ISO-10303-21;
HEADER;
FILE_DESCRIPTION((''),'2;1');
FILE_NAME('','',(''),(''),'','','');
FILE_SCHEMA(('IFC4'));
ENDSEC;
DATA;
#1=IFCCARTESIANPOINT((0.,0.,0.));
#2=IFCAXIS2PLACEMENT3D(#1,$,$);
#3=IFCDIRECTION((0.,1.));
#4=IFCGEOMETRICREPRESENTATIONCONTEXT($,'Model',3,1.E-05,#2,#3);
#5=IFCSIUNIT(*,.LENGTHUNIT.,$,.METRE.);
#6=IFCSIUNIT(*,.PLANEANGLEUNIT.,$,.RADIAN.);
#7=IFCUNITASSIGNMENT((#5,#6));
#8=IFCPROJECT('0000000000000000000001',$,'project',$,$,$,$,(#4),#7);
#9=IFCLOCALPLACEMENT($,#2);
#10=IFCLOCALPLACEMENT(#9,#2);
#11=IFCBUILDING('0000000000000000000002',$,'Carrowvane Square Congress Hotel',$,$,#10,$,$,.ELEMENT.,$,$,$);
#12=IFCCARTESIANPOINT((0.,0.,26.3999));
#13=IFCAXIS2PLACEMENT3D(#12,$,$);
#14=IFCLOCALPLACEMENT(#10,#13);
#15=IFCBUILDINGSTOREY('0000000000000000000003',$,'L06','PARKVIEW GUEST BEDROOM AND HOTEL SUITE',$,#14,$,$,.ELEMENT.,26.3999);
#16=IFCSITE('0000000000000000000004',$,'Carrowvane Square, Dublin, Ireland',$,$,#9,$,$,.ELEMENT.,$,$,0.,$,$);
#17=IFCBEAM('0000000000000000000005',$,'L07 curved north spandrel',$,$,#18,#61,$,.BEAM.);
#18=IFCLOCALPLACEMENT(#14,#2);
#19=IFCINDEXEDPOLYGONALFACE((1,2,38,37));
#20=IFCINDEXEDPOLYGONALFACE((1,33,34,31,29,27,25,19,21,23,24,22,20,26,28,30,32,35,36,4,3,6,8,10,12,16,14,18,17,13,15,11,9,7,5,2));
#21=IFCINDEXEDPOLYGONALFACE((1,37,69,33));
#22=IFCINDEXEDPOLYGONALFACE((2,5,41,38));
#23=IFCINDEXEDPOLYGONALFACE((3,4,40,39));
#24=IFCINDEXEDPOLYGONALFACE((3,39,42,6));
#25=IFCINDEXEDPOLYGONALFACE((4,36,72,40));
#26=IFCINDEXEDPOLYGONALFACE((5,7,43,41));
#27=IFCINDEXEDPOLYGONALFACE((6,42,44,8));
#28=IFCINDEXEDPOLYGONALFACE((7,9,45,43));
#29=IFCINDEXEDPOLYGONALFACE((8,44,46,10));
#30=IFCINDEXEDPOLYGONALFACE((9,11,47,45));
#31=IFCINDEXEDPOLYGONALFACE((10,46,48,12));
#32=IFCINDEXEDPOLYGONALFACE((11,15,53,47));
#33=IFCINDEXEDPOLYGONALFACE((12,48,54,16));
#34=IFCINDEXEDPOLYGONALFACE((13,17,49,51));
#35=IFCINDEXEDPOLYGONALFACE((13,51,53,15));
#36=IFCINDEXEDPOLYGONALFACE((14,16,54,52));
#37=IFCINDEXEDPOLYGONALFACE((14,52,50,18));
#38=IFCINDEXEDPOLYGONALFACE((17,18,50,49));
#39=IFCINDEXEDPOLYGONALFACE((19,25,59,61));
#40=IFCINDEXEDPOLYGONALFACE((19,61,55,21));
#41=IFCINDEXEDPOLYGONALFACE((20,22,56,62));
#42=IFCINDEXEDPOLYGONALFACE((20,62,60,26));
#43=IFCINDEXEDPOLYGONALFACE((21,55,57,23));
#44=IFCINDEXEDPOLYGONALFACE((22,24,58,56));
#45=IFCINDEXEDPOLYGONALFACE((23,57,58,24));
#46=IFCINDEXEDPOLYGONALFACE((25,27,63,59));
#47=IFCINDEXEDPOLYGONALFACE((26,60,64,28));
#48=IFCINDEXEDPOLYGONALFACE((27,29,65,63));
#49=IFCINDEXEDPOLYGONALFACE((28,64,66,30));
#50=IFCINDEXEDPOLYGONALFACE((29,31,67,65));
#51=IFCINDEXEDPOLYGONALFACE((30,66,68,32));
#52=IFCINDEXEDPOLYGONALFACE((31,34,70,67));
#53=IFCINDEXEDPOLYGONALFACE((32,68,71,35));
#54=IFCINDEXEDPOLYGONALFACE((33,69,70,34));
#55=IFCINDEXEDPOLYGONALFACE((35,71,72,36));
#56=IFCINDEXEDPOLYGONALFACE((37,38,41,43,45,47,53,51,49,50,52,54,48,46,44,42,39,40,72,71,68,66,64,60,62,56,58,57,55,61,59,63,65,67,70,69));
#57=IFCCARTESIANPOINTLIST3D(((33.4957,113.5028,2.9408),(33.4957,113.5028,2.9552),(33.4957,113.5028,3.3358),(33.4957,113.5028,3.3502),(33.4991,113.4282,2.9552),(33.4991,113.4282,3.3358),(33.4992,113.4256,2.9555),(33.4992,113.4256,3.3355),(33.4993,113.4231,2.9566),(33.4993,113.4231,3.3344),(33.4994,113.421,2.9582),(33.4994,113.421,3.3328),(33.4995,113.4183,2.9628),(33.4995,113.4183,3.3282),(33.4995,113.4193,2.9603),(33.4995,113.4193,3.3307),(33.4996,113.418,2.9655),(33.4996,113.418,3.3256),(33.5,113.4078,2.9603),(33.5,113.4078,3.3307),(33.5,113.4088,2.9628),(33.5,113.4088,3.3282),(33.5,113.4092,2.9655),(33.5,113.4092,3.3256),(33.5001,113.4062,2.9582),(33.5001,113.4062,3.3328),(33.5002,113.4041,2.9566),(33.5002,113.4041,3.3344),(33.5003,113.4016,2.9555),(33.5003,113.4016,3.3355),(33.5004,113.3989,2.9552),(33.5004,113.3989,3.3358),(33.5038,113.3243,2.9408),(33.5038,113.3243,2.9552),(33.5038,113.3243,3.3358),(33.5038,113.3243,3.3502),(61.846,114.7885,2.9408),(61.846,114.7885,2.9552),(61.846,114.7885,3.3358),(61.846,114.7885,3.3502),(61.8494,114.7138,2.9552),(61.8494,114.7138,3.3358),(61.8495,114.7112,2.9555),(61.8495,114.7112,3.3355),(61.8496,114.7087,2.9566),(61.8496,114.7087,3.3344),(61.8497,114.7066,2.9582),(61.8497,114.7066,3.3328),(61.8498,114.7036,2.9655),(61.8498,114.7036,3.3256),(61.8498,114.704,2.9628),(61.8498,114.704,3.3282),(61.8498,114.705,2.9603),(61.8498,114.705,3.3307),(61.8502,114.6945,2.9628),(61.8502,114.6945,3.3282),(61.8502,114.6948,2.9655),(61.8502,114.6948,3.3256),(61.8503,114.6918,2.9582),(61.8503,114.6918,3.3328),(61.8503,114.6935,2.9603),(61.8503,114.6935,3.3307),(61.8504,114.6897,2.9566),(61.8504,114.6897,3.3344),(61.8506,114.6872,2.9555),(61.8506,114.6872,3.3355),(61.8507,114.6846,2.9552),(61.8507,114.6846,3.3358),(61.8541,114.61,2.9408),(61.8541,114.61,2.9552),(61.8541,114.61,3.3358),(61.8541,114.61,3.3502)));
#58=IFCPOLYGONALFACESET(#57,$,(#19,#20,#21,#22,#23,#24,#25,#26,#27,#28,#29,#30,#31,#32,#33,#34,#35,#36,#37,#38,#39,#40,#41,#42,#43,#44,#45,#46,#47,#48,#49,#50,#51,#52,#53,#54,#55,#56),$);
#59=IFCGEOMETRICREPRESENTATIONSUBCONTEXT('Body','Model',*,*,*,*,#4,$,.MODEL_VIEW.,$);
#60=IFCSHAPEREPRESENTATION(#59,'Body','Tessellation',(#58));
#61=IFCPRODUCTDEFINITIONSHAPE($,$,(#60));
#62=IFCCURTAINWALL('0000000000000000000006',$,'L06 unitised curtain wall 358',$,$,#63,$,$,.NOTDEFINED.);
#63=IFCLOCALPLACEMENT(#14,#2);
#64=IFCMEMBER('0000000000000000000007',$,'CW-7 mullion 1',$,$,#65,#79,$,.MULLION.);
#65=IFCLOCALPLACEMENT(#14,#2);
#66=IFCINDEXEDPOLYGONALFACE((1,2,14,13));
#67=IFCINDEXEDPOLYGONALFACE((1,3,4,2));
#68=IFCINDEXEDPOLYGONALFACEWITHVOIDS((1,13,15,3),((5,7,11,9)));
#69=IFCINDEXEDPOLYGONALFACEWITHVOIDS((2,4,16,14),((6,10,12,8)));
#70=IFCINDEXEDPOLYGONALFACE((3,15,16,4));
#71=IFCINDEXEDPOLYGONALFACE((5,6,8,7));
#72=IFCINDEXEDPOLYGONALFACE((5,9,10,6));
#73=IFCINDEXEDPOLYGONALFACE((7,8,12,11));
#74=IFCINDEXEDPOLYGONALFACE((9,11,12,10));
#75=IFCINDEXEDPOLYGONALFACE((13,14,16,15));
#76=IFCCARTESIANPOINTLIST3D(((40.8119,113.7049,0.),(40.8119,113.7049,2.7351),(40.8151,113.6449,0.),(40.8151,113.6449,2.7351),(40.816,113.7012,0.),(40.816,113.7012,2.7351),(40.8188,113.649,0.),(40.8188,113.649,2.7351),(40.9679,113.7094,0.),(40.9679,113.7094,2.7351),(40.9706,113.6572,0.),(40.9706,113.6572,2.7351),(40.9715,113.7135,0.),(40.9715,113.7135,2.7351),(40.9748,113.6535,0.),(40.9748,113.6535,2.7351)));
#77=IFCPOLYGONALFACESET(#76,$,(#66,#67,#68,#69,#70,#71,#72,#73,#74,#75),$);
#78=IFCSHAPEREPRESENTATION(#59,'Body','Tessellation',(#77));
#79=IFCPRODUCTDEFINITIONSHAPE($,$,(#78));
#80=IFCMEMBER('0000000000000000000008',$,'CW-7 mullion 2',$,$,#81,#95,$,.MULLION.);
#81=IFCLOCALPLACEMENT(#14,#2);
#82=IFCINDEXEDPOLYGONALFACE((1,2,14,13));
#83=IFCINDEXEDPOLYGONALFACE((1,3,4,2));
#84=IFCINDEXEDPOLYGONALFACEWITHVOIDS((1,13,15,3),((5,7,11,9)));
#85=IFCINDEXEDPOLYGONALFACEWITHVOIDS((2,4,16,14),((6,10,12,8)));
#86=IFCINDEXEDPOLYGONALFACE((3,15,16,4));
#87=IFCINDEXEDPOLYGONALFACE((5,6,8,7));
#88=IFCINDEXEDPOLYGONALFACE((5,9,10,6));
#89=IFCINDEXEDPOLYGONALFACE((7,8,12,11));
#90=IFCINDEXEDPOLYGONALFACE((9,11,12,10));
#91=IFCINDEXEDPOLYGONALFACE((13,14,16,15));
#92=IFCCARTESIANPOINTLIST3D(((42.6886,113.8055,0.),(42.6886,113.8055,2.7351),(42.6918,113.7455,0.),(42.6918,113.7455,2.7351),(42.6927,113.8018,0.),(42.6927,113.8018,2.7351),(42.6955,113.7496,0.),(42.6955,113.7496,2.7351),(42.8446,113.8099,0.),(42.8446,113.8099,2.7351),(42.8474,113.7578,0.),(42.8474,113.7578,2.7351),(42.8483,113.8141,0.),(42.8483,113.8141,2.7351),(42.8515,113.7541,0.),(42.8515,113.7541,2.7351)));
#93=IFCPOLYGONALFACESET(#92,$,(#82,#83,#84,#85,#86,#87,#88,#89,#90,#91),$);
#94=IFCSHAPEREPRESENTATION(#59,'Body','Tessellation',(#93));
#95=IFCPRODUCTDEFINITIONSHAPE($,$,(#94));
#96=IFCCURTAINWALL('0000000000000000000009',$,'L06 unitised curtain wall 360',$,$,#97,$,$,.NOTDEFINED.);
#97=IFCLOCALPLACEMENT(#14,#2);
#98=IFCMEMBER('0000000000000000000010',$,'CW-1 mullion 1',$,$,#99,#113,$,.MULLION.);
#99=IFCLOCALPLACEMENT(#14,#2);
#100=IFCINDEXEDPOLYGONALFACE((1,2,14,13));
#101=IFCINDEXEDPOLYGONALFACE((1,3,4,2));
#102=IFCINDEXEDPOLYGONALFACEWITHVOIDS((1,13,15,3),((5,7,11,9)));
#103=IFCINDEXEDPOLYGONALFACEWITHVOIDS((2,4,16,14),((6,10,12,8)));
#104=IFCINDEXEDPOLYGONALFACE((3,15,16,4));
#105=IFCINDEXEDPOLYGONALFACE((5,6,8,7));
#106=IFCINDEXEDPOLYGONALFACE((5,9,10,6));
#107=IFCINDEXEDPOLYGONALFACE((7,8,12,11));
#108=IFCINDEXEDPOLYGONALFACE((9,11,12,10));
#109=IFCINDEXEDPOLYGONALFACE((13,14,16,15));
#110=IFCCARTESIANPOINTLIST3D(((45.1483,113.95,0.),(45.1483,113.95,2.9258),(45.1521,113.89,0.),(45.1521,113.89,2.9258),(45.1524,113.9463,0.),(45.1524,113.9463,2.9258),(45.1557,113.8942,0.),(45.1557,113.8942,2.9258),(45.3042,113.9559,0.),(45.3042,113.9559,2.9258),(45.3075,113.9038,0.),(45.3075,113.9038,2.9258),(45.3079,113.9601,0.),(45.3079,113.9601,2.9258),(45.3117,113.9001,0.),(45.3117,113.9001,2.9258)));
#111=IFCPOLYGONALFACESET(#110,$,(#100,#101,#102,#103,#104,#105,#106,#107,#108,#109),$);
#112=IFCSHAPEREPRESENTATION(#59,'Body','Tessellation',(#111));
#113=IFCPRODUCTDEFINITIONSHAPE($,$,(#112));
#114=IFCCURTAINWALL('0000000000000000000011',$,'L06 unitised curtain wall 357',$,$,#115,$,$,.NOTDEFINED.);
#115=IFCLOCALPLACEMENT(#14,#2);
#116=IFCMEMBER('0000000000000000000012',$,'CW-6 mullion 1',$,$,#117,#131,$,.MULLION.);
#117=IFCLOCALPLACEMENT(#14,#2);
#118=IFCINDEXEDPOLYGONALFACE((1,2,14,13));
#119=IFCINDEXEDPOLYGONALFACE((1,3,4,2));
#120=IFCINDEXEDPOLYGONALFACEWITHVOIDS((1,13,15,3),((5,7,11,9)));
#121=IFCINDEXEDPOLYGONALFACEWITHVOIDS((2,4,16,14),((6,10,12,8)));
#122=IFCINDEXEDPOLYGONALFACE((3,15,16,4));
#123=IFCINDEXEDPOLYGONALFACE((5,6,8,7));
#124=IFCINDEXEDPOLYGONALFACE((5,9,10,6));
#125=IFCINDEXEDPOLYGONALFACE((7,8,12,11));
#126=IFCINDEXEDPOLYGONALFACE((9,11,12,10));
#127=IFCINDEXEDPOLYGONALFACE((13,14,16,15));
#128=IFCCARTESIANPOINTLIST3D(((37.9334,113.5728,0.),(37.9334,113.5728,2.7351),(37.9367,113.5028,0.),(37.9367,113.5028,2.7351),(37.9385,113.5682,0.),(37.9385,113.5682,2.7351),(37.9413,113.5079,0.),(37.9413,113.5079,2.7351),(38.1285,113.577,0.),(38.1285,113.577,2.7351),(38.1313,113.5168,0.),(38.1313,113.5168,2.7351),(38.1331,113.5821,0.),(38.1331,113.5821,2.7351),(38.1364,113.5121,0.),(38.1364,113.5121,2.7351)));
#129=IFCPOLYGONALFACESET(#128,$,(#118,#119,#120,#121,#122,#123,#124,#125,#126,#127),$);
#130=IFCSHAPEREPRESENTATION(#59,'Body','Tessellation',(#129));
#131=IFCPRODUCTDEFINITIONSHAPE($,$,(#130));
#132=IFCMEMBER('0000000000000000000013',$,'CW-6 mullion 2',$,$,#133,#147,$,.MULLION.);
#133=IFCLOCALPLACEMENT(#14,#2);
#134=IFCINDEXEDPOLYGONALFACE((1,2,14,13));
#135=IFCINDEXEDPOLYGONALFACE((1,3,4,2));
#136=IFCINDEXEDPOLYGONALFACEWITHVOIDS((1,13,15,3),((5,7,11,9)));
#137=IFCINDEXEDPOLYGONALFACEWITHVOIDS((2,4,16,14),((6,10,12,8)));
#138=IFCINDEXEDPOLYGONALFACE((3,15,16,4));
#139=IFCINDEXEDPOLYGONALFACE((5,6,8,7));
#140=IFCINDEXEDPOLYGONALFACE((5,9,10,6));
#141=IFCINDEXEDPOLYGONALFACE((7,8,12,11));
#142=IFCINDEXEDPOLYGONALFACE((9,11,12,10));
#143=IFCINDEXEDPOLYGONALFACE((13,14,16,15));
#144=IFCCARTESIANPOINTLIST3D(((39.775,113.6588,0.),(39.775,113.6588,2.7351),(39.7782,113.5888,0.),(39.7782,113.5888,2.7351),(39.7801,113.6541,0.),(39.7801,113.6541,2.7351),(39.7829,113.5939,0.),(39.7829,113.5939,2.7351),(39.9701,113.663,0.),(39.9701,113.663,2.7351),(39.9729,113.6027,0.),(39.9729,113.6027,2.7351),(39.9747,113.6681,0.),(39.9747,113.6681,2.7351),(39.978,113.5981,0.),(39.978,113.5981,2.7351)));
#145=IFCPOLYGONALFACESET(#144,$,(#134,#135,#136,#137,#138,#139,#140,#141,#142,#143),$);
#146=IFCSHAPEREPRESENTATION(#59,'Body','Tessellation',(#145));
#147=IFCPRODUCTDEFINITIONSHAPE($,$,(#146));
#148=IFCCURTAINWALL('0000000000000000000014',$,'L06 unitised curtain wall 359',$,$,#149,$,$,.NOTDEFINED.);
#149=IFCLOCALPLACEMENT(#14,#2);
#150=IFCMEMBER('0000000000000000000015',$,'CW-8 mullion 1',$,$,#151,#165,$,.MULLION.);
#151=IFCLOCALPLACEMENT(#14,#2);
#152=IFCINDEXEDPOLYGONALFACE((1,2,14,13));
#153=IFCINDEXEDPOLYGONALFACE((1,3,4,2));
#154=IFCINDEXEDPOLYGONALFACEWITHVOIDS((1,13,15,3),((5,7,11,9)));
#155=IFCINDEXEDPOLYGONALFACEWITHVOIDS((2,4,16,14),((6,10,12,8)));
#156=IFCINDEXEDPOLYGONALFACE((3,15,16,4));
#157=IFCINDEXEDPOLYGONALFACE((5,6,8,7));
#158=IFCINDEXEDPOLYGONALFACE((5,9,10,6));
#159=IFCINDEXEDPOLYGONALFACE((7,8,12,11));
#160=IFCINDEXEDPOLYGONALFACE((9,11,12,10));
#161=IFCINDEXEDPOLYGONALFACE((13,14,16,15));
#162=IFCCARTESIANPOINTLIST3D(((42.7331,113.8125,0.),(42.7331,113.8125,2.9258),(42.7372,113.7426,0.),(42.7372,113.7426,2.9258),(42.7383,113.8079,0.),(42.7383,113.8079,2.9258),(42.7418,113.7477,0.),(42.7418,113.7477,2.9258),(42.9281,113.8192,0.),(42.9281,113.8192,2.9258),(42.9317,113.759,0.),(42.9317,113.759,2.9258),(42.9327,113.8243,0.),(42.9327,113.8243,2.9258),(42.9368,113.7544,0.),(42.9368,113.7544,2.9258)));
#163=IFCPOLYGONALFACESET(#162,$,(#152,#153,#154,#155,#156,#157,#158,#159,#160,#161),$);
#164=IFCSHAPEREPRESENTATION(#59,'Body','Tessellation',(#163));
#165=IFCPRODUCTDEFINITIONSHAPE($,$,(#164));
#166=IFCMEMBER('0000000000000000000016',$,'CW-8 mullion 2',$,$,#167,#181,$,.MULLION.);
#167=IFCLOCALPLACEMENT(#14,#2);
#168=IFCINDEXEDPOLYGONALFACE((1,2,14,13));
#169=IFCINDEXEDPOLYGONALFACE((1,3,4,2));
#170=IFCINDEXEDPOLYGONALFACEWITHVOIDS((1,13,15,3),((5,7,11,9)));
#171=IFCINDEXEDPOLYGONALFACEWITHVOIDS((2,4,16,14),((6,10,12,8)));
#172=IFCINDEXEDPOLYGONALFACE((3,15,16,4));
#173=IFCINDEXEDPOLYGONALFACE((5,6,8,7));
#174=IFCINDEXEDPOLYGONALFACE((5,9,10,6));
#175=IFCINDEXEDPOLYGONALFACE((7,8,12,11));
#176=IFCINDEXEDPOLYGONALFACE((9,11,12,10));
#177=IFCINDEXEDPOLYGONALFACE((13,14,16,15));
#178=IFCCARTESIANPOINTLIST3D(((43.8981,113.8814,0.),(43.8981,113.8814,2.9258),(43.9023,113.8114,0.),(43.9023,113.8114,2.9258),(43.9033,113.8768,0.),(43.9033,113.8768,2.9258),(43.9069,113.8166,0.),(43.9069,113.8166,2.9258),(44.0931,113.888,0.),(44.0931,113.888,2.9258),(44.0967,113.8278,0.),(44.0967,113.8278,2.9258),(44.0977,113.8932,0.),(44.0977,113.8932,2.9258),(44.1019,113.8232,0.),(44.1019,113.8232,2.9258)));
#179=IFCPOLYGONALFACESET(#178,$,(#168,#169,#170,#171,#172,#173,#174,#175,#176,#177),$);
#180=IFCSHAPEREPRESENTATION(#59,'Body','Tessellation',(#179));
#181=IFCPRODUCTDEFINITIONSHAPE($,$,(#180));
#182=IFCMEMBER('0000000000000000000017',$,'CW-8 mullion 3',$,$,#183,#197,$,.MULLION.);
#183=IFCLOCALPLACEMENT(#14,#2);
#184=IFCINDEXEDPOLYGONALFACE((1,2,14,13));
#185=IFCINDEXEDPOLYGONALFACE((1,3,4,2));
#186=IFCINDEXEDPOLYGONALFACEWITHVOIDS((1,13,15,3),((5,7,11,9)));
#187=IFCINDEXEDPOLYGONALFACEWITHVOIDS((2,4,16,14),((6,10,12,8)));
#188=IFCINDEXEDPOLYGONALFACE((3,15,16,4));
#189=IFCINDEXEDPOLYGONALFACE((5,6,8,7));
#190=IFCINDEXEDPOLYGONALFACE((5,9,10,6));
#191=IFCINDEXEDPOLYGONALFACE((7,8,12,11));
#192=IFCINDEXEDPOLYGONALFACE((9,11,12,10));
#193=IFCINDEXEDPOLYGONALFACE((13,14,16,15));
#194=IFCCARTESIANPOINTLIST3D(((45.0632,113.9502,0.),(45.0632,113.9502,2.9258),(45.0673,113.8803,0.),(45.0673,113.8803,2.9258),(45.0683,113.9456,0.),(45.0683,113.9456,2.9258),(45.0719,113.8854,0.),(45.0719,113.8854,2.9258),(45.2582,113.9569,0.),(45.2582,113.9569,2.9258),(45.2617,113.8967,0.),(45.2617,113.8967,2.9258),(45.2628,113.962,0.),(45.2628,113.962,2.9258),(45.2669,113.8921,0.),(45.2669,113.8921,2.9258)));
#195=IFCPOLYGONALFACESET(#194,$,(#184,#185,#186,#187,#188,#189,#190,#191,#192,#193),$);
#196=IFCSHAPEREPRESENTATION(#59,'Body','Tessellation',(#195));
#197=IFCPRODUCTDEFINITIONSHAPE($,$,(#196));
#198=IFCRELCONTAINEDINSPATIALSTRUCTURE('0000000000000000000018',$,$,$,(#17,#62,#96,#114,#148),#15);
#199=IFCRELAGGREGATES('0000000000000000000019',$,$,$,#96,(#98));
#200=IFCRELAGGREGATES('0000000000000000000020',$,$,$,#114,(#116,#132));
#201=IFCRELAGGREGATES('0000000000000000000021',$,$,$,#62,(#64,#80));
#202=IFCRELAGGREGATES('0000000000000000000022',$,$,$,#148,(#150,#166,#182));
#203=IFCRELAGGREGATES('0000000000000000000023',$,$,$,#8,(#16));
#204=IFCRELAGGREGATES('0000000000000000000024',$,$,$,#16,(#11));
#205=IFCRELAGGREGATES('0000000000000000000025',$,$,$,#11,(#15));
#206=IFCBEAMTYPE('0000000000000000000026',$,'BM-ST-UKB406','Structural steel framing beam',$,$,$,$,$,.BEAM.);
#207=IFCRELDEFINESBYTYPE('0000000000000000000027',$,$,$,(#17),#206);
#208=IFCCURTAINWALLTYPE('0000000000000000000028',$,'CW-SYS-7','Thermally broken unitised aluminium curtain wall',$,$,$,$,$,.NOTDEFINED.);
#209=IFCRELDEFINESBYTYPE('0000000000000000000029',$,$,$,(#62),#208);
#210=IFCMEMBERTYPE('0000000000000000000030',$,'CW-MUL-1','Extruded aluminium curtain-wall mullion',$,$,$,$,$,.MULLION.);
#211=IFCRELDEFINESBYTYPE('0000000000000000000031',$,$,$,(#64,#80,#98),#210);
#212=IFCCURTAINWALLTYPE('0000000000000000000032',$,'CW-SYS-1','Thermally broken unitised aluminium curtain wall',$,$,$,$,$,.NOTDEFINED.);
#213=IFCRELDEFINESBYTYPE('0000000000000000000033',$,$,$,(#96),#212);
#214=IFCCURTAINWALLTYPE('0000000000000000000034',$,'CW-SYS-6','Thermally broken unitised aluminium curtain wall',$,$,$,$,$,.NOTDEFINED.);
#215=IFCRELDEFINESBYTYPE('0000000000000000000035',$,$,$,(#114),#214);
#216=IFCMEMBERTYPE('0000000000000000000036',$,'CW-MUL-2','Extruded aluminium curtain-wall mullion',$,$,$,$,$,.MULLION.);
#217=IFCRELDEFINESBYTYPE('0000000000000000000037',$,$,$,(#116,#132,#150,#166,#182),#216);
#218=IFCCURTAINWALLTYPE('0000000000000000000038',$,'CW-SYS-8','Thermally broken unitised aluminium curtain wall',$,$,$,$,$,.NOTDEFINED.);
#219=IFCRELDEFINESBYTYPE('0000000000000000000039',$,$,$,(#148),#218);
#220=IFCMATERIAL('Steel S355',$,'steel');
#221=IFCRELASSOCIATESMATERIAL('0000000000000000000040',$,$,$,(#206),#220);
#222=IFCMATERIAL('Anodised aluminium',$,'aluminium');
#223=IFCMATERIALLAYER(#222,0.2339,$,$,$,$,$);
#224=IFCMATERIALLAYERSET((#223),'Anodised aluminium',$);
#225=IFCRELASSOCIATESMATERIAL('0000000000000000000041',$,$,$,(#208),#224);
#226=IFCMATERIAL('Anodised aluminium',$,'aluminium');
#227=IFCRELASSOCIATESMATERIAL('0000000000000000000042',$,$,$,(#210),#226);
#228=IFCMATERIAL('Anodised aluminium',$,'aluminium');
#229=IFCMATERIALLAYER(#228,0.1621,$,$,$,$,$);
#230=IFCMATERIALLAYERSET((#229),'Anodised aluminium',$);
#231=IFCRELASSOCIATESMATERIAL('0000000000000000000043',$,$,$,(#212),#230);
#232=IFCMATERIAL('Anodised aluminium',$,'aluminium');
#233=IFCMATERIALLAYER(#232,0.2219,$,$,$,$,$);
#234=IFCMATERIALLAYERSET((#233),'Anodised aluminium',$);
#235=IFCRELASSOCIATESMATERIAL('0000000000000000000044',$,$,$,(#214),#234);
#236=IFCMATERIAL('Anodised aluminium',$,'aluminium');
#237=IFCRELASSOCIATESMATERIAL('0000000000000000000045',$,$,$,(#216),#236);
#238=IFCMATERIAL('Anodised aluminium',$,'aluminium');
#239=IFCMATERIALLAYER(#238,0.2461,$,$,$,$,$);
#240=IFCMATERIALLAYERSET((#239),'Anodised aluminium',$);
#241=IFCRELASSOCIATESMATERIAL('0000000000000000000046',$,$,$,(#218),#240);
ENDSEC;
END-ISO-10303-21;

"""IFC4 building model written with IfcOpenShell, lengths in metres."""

from ifc_helpers import new_model, si_unit, direction, frame, origin, origin_2d, place, context, subcontext, project, spatial, hollow_rectangle, i_section, extrude, material, layer, layer_set, material_profile, profile_set, type_object, element, aggregate, save


model = new_model("IFC4")

# Units and contexts
model_context = context("Model", 3, precision=1e-05, world=origin(), true_north=direction((0.0, 1.0)))
body_context = subcontext(model_context, "Body", "Model", "MODEL_VIEW")
ifc_project = project(units=[si_unit("LENGTHUNIT", "METRE"), si_unit("PLANEANGLEUNIT", "RADIAN")], contexts=[model_context])

# Site, building, storey
site_placement = place(None, origin())
site = spatial("IfcSite", under=ifc_project, at=site_placement, Name="Carrowvane Square, Dublin, Ireland", CompositionType="ELEMENT", RefElevation=0.0)
building_placement = place(site_placement, origin())
building = spatial("IfcBuilding", under=site, at=building_placement, Name="Carrowvane Square Congress Hotel", CompositionType="ELEMENT")
storey_placement = place(building_placement, frame((0.0, 0.0, 26.3999)))
storey = spatial("IfcBuildingStorey", under=building, at=storey_placement, Name="L06", Description="PARKVIEW GUEST BEDROOM AND HOTEL SUITE", CompositionType="ELEMENT", Elevation=26.3999)

# Beam
ifc_material_1 = material(Name="Steel S355", Category="steel")
ifc_material_profile_1 = material_profile(ifc_material_1, i_section(OverallWidth=0.1787, OverallDepth=0.4094, WebThickness=0.0088, FlangeThickness=0.0144, FilletRadius=0.0103, at=origin_2d()), Name="UKB 406x178x67")
ifc_profile_set_1 = profile_set([ifc_material_profile_1], Name="Steel S355")
beam_type = type_object("IfcBeamType", Name="BM-ST-UKB406", Description="Structural steel framing beam", PredefinedType="BEAM", material=ifc_profile_set_1)
beam_placement = place(storey_placement, frame((33.4998, 113.4136, 3.1455), z_axis=(0.998973, 0.045302, 0.0), x_axis=(-0.045302, 0.998973, 0.0)))
element("IfcBeam", 1, at=beam_placement, inside=storey, type_object=beam_type, Name="L07 curved north spandrel", PredefinedType="BEAM", context=body_context, shape_type="SweptSolid", body=[
    extrude(i_section(OverallWidth=0.1787, OverallDepth=0.4094, WebThickness=0.0088, FlangeThickness=0.0144, FilletRadius=0.0103, at=origin_2d()), origin(), (0.0, 0.0, 1.0), 28.3794),
])

# Curtain wall, members
ifc_material_2 = material(Name="Anodised aluminium", Category="aluminium")
ifc_layer_1 = layer(ifc_material_2, 0.2339)
ifc_layer_set_1 = layer_set([ifc_layer_1], Name="Anodised aluminium")
curtain_wall_type_1 = type_object("IfcCurtainWallType", Name="CW-SYS-7", Description="Thermally broken unitised aluminium curtain wall", PredefinedType="NOTDEFINED", material=ifc_layer_set_1)
curtain_wall_1_placement = place(storey_placement, origin())
curtain_wall_1 = element("IfcCurtainWall", 2, at=curtain_wall_1_placement, inside=storey, type_object=curtain_wall_type_1, Name="L06 unitised curtain wall 358", PredefinedType="NOTDEFINED")
ifc_material_3 = material(Name="Anodised aluminium", Category="aluminium")
ifc_material_profile_2 = material_profile(ifc_material_3, hollow_rectangle(XDim=0.0601, YDim=0.1599, WallThickness=0.0039, at=origin_2d()), Name="CW-ML 60x160x4")
ifc_profile_set_2 = profile_set([ifc_material_profile_2], Name="Anodised aluminium")
member_type_1 = type_object("IfcMemberType", Name="CW-MUL-1", Description="Extruded aluminium curtain-wall mullion", PredefinedType="MULLION", material=ifc_profile_set_2)
member_1_placement = place(storey_placement, frame((40.8933, 113.6792, 0.0), z_axis=(0.0, 0.0, 1.0), x_axis=(-0.053514, 0.998567, 0.0)))
member_1 = element("IfcMember", 3, at=member_1_placement, type_object=member_type_1, Name="CW-7 mullion 1", PredefinedType="MULLION", context=body_context, shape_type="SweptSolid", body=[
    extrude(hollow_rectangle(XDim=0.0601, YDim=0.1599, WallThickness=0.0039, at=origin_2d()), origin(), (0.0, 0.0, 1.0), 2.7351),
])
member_2_placement = place(storey_placement, frame((42.77, 113.7798, 0.0), z_axis=(0.0, 0.0, 1.0), x_axis=(-0.053514, 0.998567, 0.0)))
member_2 = element("IfcMember", 4, at=member_2_placement, type_object=member_type_1, Name="CW-7 mullion 2", PredefinedType="MULLION", context=body_context, shape_type="SweptSolid", body=[
    extrude(hollow_rectangle(XDim=0.0601, YDim=0.1599, WallThickness=0.0039, at=origin_2d()), origin(), (0.0, 0.0, 1.0), 2.7351),
])

# Curtain wall, member
ifc_material_4 = material(Name="Anodised aluminium", Category="aluminium")
ifc_layer_2 = layer(ifc_material_4, 0.1621)
ifc_layer_set_2 = layer_set([ifc_layer_2], Name="Anodised aluminium")
curtain_wall_type_2 = type_object("IfcCurtainWallType", Name="CW-SYS-1", Description="Thermally broken unitised aluminium curtain wall", PredefinedType="NOTDEFINED", material=ifc_layer_set_2)
curtain_wall_2_placement = place(storey_placement, origin())
curtain_wall_2 = element("IfcCurtainWall", 5, at=curtain_wall_2_placement, inside=storey, type_object=curtain_wall_type_2, Name="L06 unitised curtain wall 360", PredefinedType="NOTDEFINED")
member_3_placement = place(storey_placement, frame((45.23, 113.925, 0.0), z_axis=(0.0, 0.0, 1.0), x_axis=(-0.063273, 0.997996, 0.0)))
member_3 = element("IfcMember", 6, at=member_3_placement, type_object=member_type_1, Name="CW-1 mullion 1", PredefinedType="MULLION", context=body_context, shape_type="SweptSolid", body=[
    extrude(hollow_rectangle(XDim=0.0601, YDim=0.1599, WallThickness=0.0039, at=origin_2d()), origin(), (0.0, 0.0, 1.0), 2.9258),
])

# Curtain walls, members
ifc_material_5 = material(Name="Anodised aluminium", Category="aluminium")
ifc_layer_3 = layer(ifc_material_5, 0.2219)
ifc_layer_set_3 = layer_set([ifc_layer_3], Name="Anodised aluminium")
curtain_wall_type_3 = type_object("IfcCurtainWallType", Name="CW-SYS-6", Description="Thermally broken unitised aluminium curtain wall", PredefinedType="NOTDEFINED", material=ifc_layer_set_3)
curtain_wall_3_placement = place(storey_placement, origin())
curtain_wall_3 = element("IfcCurtainWall", 7, at=curtain_wall_3_placement, inside=storey, type_object=curtain_wall_type_3, Name="L06 unitised curtain wall 357", PredefinedType="NOTDEFINED")
ifc_material_6 = material(Name="Anodised aluminium", Category="aluminium")
ifc_material_profile_3 = material_profile(ifc_material_6, hollow_rectangle(XDim=0.0701, YDim=0.2, WallThickness=0.0049, at=origin_2d()), Name="CW-ML 70x200x5")
ifc_profile_set_3 = profile_set([ifc_material_profile_3], Name="Anodised aluminium")
member_type_2 = type_object("IfcMemberType", Name="CW-MUL-2", Description="Extruded aluminium curtain-wall mullion", PredefinedType="MULLION", material=ifc_profile_set_3)
member_4_placement = place(storey_placement, frame((38.0349, 113.5425, 0.0), z_axis=(0.0, 0.0, 1.0), x_axis=(-0.046522, 0.998917, 0.0)))
member_4 = element("IfcMember", 8, at=member_4_placement, type_object=member_type_2, Name="CW-6 mullion 1", PredefinedType="MULLION", context=body_context, shape_type="SweptSolid", body=[
    extrude(hollow_rectangle(XDim=0.0701, YDim=0.2, WallThickness=0.0049, at=origin_2d()), origin(), (0.0, 0.0, 1.0), 2.7351),
])
member_5_placement = place(storey_placement, frame((39.8765, 113.6284, 0.0), z_axis=(0.0, 0.0, 1.0), x_axis=(-0.046522, 0.998917, 0.0)))
member_5 = element("IfcMember", 9, at=member_5_placement, type_object=member_type_2, Name="CW-6 mullion 2", PredefinedType="MULLION", context=body_context, shape_type="SweptSolid", body=[
    extrude(hollow_rectangle(XDim=0.0701, YDim=0.2, WallThickness=0.0049, at=origin_2d()), origin(), (0.0, 0.0, 1.0), 2.7351),
])
ifc_material_7 = material(Name="Anodised aluminium", Category="aluminium")
ifc_layer_4 = layer(ifc_material_7, 0.2461)
ifc_layer_set_4 = layer_set([ifc_layer_4], Name="Anodised aluminium")
curtain_wall_type_4 = type_object("IfcCurtainWallType", Name="CW-SYS-8", Description="Thermally broken unitised aluminium curtain wall", PredefinedType="NOTDEFINED", material=ifc_layer_set_4)
curtain_wall_4_placement = place(storey_placement, origin())
curtain_wall_4 = element("IfcCurtainWall", 10, at=curtain_wall_4_placement, inside=storey, type_object=curtain_wall_type_4, Name="L06 unitised curtain wall 359", PredefinedType="NOTDEFINED")
member_6_placement = place(storey_placement, frame((42.835, 113.7834, 0.0), z_axis=(0.0, 0.0, 1.0), x_axis=(-0.058989, 0.998259, 0.0)))
member_6 = element("IfcMember", 11, at=member_6_placement, type_object=member_type_2, Name="CW-8 mullion 1", PredefinedType="MULLION", context=body_context, shape_type="SweptSolid", body=[
    extrude(hollow_rectangle(XDim=0.0701, YDim=0.2, WallThickness=0.0049, at=origin_2d()), origin(), (0.0, 0.0, 1.0), 2.9258),
])
member_7_placement = place(storey_placement, frame((44.0, 113.8523, 0.0), z_axis=(0.0, 0.0, 1.0), x_axis=(-0.058989, 0.998259, 0.0)))
member_7 = element("IfcMember", 12, at=member_7_placement, type_object=member_type_2, Name="CW-8 mullion 2", PredefinedType="MULLION", context=body_context, shape_type="SweptSolid", body=[
    extrude(hollow_rectangle(XDim=0.0701, YDim=0.2, WallThickness=0.0049, at=origin_2d()), origin(), (0.0, 0.0, 1.0), 2.9258),
])
member_8_placement = place(storey_placement, frame((45.165, 113.9211, 0.0), z_axis=(0.0, 0.0, 1.0), x_axis=(-0.058989, 0.998259, 0.0)))
member_8 = element("IfcMember", 13, at=member_8_placement, type_object=member_type_2, Name="CW-8 mullion 3", PredefinedType="MULLION", context=body_context, shape_type="SweptSolid", body=[
    extrude(hollow_rectangle(XDim=0.0701, YDim=0.2, WallThickness=0.0049, at=origin_2d()), origin(), (0.0, 0.0, 1.0), 2.9258),
])

aggregate(curtain_wall_2, [member_3])

aggregate(curtain_wall_3, [member_4, member_5])
aggregate(curtain_wall_1, [member_1, member_2])
aggregate(curtain_wall_4, [member_6, member_7, member_8])

save(model, "model.ifc")
